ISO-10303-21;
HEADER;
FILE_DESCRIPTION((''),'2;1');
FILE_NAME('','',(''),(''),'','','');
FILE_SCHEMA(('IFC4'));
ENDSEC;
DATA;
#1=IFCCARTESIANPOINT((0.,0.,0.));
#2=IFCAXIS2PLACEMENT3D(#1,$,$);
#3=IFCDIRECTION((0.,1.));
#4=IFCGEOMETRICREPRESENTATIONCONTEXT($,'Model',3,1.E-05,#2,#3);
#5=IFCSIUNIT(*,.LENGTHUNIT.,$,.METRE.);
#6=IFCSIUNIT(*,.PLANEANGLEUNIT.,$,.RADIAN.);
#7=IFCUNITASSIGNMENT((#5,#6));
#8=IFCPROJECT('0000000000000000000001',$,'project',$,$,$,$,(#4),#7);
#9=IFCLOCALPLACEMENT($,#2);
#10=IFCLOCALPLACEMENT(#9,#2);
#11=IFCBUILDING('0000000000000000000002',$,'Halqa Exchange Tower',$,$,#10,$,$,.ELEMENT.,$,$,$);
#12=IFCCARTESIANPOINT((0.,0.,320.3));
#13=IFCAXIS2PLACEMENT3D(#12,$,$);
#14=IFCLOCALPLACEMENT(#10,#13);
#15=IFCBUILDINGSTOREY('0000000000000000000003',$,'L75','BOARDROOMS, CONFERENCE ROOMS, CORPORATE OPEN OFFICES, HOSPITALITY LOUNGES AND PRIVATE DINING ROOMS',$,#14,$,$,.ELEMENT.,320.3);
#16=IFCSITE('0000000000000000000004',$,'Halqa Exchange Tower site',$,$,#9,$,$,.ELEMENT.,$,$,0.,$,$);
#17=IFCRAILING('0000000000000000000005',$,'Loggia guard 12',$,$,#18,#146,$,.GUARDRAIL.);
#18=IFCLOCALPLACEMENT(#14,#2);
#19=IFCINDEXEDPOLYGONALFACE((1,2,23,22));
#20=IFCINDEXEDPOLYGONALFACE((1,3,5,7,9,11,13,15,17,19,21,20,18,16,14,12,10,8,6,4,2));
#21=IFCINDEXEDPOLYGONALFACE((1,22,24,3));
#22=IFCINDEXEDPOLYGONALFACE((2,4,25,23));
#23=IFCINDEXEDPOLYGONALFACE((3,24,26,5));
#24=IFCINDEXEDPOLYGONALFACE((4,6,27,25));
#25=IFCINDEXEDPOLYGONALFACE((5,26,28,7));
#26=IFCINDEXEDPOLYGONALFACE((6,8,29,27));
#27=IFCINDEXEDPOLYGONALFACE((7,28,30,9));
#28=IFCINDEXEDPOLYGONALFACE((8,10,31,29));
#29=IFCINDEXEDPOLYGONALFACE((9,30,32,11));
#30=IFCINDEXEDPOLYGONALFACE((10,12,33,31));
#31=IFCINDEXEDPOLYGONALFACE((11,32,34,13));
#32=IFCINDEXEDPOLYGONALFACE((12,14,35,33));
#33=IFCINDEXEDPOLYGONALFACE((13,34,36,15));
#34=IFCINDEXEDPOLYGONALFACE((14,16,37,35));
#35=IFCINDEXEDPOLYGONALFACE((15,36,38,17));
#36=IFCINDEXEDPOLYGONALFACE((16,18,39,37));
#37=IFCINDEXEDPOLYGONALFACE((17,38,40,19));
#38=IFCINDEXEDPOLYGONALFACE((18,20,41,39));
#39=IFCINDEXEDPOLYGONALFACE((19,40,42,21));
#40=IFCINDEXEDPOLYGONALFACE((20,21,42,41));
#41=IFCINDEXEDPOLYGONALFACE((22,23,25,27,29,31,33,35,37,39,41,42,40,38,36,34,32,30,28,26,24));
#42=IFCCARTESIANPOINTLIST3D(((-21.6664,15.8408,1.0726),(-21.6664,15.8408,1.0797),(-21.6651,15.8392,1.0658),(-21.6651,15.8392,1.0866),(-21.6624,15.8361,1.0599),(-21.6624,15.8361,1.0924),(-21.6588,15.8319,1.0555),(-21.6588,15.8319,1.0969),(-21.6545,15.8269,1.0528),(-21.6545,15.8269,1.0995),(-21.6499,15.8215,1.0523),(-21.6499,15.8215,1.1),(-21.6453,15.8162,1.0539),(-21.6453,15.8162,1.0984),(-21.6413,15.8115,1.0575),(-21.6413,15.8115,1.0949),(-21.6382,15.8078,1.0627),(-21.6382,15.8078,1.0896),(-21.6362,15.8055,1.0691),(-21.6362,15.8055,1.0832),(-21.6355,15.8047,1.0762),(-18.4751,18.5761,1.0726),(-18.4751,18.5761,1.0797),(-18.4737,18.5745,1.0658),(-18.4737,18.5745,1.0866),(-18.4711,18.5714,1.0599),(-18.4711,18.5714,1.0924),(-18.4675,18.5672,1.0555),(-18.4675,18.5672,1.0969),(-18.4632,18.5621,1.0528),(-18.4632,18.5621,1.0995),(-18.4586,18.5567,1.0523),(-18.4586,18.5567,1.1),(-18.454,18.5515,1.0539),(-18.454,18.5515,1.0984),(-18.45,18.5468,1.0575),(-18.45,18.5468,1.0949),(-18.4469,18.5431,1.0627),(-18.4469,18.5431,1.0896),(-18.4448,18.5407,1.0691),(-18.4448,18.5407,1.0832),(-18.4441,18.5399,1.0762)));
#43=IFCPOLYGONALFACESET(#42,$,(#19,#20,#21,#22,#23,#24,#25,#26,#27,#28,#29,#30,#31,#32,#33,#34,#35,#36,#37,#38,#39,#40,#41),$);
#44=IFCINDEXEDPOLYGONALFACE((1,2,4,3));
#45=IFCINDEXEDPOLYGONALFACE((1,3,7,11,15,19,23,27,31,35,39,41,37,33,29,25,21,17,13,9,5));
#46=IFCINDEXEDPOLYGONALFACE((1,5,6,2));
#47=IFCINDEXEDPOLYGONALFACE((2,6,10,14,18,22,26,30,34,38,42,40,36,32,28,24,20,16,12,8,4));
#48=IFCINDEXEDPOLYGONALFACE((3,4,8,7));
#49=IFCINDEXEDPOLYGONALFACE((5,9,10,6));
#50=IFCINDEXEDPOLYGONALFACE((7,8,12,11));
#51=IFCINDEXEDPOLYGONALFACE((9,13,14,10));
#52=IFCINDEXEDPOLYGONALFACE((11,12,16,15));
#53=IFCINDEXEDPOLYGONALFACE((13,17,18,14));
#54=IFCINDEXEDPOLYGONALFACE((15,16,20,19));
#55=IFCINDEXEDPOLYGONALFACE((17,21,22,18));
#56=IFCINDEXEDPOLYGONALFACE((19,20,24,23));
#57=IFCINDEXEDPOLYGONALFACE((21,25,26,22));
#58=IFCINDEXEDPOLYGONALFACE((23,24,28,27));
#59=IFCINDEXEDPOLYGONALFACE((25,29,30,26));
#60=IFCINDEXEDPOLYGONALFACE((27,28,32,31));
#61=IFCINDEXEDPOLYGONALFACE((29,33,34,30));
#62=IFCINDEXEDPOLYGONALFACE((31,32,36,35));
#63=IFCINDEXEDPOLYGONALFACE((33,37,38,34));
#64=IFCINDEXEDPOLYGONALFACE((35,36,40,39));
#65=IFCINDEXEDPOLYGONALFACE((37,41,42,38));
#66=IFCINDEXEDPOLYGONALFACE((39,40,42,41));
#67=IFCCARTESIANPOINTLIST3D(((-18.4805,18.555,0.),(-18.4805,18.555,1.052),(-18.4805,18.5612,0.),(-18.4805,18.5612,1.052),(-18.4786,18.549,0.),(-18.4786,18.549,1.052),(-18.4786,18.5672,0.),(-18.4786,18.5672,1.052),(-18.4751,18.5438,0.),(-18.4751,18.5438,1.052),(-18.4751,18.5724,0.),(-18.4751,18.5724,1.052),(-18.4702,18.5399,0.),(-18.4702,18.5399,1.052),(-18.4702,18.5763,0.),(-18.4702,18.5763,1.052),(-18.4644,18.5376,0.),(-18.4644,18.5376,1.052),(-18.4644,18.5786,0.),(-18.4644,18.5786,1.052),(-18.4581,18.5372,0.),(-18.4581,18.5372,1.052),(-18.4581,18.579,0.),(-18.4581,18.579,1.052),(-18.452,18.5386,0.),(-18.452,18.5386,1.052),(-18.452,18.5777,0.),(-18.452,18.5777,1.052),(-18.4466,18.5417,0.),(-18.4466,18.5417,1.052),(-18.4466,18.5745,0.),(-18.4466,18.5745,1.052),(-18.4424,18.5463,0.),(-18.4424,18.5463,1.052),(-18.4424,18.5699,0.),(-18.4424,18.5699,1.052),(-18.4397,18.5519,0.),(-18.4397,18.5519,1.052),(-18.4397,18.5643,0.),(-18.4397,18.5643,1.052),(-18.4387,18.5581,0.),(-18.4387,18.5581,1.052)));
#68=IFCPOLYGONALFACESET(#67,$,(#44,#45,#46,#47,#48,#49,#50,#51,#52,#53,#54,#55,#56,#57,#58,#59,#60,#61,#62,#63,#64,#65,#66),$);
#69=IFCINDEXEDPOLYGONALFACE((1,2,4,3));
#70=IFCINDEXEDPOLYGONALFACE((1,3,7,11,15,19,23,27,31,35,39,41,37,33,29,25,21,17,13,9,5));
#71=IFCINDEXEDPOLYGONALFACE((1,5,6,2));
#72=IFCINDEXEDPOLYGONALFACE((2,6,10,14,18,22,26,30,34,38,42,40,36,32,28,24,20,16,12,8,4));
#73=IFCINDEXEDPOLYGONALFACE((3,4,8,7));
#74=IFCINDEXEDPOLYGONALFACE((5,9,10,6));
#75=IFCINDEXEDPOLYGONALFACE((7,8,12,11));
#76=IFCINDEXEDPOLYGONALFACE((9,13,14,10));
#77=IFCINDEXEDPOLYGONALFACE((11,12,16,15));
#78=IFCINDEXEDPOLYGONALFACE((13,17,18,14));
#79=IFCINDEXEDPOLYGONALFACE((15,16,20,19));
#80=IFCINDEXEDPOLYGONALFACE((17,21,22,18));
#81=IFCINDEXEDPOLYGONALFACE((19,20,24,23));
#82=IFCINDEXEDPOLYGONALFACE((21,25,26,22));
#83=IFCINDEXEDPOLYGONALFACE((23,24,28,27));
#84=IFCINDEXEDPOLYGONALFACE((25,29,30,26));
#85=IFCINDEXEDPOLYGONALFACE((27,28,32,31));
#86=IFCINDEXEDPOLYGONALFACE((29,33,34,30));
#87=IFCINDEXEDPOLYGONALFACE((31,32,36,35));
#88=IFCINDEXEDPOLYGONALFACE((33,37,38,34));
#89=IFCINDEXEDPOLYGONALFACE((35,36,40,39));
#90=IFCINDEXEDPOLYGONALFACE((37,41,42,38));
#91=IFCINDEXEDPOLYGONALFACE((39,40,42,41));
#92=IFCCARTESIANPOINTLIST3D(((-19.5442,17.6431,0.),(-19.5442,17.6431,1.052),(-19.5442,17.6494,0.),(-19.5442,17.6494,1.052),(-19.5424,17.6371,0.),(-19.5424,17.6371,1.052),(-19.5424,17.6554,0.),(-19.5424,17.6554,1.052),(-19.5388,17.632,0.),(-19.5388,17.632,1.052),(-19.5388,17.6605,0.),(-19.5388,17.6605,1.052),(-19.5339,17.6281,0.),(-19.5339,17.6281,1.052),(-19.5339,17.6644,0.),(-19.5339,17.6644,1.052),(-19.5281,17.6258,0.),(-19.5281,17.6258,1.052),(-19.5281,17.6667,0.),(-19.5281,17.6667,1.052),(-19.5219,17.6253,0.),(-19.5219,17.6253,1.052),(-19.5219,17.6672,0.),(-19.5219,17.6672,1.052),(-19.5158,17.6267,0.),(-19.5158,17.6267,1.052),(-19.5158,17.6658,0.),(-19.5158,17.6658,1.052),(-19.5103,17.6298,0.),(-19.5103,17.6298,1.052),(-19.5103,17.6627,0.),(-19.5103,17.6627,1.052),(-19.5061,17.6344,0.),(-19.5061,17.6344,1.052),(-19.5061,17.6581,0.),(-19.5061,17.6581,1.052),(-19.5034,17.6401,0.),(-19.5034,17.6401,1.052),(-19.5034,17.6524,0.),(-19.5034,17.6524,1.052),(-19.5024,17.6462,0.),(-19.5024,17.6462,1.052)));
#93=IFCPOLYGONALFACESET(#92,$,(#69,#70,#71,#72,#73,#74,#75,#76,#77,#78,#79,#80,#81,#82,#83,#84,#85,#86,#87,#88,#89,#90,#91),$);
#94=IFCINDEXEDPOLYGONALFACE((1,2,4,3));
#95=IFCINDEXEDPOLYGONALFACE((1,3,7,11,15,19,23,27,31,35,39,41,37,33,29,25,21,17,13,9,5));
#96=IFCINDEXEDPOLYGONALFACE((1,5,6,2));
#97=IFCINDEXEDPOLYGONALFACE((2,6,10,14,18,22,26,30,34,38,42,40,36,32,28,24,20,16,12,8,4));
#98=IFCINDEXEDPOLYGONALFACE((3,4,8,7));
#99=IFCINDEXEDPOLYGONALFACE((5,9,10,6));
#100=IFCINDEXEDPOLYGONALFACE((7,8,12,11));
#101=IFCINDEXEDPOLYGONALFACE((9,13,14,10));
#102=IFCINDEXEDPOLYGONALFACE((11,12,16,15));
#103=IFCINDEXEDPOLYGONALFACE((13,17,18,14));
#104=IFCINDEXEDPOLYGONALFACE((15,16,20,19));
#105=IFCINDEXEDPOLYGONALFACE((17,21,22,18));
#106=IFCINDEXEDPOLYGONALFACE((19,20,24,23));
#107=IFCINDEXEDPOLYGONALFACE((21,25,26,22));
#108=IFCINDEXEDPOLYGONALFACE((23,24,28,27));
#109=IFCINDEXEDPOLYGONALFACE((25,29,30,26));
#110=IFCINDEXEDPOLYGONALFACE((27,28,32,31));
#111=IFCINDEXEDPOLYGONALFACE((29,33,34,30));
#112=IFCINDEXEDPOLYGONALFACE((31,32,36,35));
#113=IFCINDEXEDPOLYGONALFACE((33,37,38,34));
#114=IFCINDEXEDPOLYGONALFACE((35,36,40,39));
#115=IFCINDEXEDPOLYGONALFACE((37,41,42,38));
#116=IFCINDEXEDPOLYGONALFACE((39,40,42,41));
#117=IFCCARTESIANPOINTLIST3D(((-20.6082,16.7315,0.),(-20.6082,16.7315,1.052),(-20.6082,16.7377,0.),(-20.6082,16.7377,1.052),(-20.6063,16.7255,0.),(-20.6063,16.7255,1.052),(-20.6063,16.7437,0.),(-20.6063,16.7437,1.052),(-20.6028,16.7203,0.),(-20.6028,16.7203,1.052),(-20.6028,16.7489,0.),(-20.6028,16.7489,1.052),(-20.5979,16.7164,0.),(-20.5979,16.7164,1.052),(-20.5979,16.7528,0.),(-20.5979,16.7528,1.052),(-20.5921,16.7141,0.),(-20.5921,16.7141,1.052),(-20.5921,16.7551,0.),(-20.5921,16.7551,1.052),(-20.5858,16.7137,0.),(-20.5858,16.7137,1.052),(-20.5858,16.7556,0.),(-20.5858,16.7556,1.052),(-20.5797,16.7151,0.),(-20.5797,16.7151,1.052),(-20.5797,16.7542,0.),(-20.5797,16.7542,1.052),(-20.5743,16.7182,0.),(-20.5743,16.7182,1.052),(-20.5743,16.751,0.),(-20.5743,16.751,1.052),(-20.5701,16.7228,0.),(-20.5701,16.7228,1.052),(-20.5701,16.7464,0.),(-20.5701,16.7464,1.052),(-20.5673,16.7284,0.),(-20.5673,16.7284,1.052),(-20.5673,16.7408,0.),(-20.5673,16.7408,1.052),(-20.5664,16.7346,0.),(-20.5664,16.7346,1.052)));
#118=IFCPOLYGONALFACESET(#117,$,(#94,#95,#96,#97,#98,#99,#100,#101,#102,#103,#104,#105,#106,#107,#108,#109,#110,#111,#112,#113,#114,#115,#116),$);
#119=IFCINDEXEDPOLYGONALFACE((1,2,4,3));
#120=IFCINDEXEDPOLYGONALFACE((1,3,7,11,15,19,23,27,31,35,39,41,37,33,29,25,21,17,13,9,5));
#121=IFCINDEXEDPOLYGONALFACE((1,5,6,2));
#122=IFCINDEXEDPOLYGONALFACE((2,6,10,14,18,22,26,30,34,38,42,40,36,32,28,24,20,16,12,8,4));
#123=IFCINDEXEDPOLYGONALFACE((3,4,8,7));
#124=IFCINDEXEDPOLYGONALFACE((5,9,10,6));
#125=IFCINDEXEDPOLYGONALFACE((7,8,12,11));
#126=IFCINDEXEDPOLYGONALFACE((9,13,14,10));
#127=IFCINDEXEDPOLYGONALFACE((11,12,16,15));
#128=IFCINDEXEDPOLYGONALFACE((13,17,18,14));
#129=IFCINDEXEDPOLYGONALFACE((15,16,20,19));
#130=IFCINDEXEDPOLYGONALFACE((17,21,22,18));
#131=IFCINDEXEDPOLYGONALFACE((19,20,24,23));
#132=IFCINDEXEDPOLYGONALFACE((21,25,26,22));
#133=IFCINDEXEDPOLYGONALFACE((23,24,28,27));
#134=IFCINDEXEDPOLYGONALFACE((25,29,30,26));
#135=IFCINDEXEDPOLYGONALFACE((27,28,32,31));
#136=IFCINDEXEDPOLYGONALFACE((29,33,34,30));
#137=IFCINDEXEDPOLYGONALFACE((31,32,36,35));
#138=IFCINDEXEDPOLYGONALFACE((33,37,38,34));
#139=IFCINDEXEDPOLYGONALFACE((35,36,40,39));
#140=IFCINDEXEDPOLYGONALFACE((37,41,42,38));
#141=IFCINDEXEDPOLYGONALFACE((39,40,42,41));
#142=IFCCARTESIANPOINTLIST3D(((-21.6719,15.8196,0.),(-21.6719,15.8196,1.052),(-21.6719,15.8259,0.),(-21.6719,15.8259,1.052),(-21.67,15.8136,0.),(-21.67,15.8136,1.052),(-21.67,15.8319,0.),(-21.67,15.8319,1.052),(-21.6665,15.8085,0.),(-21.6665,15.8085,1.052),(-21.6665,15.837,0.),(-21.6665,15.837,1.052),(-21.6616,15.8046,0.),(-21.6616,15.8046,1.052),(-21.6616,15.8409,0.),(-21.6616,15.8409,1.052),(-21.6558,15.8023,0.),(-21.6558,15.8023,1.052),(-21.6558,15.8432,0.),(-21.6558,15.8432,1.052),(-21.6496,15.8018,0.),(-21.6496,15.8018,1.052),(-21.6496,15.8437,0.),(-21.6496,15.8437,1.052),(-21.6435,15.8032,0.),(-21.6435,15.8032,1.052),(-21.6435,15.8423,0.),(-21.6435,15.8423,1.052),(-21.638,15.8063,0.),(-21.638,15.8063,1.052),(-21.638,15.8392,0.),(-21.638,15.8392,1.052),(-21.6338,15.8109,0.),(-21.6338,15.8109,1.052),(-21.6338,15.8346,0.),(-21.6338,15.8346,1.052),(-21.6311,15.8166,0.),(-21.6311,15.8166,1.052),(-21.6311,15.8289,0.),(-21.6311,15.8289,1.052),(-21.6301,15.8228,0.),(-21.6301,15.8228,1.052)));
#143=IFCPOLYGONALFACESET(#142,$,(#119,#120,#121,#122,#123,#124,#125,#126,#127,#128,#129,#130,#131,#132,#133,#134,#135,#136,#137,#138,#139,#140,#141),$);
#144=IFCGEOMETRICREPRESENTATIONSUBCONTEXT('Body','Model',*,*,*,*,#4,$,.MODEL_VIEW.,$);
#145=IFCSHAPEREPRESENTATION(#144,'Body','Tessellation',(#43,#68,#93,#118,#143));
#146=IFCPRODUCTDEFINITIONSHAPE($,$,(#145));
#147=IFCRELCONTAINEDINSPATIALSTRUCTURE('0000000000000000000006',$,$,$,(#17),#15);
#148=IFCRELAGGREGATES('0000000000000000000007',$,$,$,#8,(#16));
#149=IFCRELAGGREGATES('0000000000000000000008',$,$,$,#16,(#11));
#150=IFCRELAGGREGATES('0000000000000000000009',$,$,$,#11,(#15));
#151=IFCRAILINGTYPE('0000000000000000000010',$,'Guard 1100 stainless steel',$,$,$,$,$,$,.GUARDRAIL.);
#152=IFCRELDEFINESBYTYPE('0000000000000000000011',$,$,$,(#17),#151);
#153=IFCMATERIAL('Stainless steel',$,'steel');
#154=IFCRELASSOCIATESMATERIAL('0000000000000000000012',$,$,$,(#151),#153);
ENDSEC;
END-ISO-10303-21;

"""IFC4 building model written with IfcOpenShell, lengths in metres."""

from ifc_helpers import new_model, si_unit, direction, frame, origin, origin_2d, place, context, subcontext, project, spatial, circle, extrude, material, type_object, element, save


model = new_model("IFC4")

# Units and contexts
model_context = context("Model", 3, precision=1e-05, world=origin(), true_north=direction((0.0, 1.0)))
body_context = subcontext(model_context, "Body", "Model", "MODEL_VIEW")
ifc_project = project(units=[si_unit("LENGTHUNIT", "METRE"), si_unit("PLANEANGLEUNIT", "RADIAN")], contexts=[model_context])

# Site, building, storey
site_placement = place(None, origin())
site = spatial("IfcSite", under=ifc_project, at=site_placement, Name="Halqa Exchange Tower site", CompositionType="ELEMENT", RefElevation=0.0)
building_placement = place(site_placement, origin())
building = spatial("IfcBuilding", under=site, at=building_placement, Name="Halqa Exchange Tower", CompositionType="ELEMENT")
storey_placement = place(building_placement, frame((0.0, 0.0, 320.3)))
storey = spatial("IfcBuildingStorey", under=building, at=storey_placement, Name="L75", Description="BOARDROOMS, CONFERENCE ROOMS, CORPORATE OPEN OFFICES, HOSPITALITY LOUNGES AND PRIVATE DINING ROOMS", CompositionType="ELEMENT", Elevation=320.3)

# Railing
ifc_material_1 = material(Name="Stainless steel", Category="steel")
railing_type = type_object("IfcRailingType", Name="Guard 1100 stainless steel", PredefinedType="GUARDRAIL", material=ifc_material_1)
railing_1_placement = place(storey_placement, frame((-18.4597, 18.5581, 0.0)))
element("IfcRailing", 1, at=railing_1_placement, inside=storey, type_object=railing_type, Name="Loggia guard 12", PredefinedType="GUARDRAIL", context=body_context, shape_type="SweptSolid", body=[
    extrude(circle(Radius=0.0239, at=origin_2d()), frame((0.0, 0.0, 1.0762), z_axis=(-0.759273, -0.650772, 0.0), x_axis=(0.650772, -0.759273, 0.0)), (0.0, 0.0, 1.0), 4.2031),
    extrude(circle(Radius=0.021, at=origin_2d()), origin(), (0.0, 0.0, 1.0), 1.052),
    extrude(circle(Radius=0.021, at=origin_2d()), frame((-1.0637, -0.9119, 0.0)), (0.0, 0.0, 1.0), 1.052),
    extrude(circle(Radius=0.021, at=origin_2d()), frame((-2.1277, -1.8235, 0.0)), (0.0, 0.0, 1.0), 1.052),
    extrude(circle(Radius=0.021, at=origin_2d()), frame((-3.1914, -2.7354, 0.0)), (0.0, 0.0, 1.0), 1.052),
])

save(model, "model.ifc")
